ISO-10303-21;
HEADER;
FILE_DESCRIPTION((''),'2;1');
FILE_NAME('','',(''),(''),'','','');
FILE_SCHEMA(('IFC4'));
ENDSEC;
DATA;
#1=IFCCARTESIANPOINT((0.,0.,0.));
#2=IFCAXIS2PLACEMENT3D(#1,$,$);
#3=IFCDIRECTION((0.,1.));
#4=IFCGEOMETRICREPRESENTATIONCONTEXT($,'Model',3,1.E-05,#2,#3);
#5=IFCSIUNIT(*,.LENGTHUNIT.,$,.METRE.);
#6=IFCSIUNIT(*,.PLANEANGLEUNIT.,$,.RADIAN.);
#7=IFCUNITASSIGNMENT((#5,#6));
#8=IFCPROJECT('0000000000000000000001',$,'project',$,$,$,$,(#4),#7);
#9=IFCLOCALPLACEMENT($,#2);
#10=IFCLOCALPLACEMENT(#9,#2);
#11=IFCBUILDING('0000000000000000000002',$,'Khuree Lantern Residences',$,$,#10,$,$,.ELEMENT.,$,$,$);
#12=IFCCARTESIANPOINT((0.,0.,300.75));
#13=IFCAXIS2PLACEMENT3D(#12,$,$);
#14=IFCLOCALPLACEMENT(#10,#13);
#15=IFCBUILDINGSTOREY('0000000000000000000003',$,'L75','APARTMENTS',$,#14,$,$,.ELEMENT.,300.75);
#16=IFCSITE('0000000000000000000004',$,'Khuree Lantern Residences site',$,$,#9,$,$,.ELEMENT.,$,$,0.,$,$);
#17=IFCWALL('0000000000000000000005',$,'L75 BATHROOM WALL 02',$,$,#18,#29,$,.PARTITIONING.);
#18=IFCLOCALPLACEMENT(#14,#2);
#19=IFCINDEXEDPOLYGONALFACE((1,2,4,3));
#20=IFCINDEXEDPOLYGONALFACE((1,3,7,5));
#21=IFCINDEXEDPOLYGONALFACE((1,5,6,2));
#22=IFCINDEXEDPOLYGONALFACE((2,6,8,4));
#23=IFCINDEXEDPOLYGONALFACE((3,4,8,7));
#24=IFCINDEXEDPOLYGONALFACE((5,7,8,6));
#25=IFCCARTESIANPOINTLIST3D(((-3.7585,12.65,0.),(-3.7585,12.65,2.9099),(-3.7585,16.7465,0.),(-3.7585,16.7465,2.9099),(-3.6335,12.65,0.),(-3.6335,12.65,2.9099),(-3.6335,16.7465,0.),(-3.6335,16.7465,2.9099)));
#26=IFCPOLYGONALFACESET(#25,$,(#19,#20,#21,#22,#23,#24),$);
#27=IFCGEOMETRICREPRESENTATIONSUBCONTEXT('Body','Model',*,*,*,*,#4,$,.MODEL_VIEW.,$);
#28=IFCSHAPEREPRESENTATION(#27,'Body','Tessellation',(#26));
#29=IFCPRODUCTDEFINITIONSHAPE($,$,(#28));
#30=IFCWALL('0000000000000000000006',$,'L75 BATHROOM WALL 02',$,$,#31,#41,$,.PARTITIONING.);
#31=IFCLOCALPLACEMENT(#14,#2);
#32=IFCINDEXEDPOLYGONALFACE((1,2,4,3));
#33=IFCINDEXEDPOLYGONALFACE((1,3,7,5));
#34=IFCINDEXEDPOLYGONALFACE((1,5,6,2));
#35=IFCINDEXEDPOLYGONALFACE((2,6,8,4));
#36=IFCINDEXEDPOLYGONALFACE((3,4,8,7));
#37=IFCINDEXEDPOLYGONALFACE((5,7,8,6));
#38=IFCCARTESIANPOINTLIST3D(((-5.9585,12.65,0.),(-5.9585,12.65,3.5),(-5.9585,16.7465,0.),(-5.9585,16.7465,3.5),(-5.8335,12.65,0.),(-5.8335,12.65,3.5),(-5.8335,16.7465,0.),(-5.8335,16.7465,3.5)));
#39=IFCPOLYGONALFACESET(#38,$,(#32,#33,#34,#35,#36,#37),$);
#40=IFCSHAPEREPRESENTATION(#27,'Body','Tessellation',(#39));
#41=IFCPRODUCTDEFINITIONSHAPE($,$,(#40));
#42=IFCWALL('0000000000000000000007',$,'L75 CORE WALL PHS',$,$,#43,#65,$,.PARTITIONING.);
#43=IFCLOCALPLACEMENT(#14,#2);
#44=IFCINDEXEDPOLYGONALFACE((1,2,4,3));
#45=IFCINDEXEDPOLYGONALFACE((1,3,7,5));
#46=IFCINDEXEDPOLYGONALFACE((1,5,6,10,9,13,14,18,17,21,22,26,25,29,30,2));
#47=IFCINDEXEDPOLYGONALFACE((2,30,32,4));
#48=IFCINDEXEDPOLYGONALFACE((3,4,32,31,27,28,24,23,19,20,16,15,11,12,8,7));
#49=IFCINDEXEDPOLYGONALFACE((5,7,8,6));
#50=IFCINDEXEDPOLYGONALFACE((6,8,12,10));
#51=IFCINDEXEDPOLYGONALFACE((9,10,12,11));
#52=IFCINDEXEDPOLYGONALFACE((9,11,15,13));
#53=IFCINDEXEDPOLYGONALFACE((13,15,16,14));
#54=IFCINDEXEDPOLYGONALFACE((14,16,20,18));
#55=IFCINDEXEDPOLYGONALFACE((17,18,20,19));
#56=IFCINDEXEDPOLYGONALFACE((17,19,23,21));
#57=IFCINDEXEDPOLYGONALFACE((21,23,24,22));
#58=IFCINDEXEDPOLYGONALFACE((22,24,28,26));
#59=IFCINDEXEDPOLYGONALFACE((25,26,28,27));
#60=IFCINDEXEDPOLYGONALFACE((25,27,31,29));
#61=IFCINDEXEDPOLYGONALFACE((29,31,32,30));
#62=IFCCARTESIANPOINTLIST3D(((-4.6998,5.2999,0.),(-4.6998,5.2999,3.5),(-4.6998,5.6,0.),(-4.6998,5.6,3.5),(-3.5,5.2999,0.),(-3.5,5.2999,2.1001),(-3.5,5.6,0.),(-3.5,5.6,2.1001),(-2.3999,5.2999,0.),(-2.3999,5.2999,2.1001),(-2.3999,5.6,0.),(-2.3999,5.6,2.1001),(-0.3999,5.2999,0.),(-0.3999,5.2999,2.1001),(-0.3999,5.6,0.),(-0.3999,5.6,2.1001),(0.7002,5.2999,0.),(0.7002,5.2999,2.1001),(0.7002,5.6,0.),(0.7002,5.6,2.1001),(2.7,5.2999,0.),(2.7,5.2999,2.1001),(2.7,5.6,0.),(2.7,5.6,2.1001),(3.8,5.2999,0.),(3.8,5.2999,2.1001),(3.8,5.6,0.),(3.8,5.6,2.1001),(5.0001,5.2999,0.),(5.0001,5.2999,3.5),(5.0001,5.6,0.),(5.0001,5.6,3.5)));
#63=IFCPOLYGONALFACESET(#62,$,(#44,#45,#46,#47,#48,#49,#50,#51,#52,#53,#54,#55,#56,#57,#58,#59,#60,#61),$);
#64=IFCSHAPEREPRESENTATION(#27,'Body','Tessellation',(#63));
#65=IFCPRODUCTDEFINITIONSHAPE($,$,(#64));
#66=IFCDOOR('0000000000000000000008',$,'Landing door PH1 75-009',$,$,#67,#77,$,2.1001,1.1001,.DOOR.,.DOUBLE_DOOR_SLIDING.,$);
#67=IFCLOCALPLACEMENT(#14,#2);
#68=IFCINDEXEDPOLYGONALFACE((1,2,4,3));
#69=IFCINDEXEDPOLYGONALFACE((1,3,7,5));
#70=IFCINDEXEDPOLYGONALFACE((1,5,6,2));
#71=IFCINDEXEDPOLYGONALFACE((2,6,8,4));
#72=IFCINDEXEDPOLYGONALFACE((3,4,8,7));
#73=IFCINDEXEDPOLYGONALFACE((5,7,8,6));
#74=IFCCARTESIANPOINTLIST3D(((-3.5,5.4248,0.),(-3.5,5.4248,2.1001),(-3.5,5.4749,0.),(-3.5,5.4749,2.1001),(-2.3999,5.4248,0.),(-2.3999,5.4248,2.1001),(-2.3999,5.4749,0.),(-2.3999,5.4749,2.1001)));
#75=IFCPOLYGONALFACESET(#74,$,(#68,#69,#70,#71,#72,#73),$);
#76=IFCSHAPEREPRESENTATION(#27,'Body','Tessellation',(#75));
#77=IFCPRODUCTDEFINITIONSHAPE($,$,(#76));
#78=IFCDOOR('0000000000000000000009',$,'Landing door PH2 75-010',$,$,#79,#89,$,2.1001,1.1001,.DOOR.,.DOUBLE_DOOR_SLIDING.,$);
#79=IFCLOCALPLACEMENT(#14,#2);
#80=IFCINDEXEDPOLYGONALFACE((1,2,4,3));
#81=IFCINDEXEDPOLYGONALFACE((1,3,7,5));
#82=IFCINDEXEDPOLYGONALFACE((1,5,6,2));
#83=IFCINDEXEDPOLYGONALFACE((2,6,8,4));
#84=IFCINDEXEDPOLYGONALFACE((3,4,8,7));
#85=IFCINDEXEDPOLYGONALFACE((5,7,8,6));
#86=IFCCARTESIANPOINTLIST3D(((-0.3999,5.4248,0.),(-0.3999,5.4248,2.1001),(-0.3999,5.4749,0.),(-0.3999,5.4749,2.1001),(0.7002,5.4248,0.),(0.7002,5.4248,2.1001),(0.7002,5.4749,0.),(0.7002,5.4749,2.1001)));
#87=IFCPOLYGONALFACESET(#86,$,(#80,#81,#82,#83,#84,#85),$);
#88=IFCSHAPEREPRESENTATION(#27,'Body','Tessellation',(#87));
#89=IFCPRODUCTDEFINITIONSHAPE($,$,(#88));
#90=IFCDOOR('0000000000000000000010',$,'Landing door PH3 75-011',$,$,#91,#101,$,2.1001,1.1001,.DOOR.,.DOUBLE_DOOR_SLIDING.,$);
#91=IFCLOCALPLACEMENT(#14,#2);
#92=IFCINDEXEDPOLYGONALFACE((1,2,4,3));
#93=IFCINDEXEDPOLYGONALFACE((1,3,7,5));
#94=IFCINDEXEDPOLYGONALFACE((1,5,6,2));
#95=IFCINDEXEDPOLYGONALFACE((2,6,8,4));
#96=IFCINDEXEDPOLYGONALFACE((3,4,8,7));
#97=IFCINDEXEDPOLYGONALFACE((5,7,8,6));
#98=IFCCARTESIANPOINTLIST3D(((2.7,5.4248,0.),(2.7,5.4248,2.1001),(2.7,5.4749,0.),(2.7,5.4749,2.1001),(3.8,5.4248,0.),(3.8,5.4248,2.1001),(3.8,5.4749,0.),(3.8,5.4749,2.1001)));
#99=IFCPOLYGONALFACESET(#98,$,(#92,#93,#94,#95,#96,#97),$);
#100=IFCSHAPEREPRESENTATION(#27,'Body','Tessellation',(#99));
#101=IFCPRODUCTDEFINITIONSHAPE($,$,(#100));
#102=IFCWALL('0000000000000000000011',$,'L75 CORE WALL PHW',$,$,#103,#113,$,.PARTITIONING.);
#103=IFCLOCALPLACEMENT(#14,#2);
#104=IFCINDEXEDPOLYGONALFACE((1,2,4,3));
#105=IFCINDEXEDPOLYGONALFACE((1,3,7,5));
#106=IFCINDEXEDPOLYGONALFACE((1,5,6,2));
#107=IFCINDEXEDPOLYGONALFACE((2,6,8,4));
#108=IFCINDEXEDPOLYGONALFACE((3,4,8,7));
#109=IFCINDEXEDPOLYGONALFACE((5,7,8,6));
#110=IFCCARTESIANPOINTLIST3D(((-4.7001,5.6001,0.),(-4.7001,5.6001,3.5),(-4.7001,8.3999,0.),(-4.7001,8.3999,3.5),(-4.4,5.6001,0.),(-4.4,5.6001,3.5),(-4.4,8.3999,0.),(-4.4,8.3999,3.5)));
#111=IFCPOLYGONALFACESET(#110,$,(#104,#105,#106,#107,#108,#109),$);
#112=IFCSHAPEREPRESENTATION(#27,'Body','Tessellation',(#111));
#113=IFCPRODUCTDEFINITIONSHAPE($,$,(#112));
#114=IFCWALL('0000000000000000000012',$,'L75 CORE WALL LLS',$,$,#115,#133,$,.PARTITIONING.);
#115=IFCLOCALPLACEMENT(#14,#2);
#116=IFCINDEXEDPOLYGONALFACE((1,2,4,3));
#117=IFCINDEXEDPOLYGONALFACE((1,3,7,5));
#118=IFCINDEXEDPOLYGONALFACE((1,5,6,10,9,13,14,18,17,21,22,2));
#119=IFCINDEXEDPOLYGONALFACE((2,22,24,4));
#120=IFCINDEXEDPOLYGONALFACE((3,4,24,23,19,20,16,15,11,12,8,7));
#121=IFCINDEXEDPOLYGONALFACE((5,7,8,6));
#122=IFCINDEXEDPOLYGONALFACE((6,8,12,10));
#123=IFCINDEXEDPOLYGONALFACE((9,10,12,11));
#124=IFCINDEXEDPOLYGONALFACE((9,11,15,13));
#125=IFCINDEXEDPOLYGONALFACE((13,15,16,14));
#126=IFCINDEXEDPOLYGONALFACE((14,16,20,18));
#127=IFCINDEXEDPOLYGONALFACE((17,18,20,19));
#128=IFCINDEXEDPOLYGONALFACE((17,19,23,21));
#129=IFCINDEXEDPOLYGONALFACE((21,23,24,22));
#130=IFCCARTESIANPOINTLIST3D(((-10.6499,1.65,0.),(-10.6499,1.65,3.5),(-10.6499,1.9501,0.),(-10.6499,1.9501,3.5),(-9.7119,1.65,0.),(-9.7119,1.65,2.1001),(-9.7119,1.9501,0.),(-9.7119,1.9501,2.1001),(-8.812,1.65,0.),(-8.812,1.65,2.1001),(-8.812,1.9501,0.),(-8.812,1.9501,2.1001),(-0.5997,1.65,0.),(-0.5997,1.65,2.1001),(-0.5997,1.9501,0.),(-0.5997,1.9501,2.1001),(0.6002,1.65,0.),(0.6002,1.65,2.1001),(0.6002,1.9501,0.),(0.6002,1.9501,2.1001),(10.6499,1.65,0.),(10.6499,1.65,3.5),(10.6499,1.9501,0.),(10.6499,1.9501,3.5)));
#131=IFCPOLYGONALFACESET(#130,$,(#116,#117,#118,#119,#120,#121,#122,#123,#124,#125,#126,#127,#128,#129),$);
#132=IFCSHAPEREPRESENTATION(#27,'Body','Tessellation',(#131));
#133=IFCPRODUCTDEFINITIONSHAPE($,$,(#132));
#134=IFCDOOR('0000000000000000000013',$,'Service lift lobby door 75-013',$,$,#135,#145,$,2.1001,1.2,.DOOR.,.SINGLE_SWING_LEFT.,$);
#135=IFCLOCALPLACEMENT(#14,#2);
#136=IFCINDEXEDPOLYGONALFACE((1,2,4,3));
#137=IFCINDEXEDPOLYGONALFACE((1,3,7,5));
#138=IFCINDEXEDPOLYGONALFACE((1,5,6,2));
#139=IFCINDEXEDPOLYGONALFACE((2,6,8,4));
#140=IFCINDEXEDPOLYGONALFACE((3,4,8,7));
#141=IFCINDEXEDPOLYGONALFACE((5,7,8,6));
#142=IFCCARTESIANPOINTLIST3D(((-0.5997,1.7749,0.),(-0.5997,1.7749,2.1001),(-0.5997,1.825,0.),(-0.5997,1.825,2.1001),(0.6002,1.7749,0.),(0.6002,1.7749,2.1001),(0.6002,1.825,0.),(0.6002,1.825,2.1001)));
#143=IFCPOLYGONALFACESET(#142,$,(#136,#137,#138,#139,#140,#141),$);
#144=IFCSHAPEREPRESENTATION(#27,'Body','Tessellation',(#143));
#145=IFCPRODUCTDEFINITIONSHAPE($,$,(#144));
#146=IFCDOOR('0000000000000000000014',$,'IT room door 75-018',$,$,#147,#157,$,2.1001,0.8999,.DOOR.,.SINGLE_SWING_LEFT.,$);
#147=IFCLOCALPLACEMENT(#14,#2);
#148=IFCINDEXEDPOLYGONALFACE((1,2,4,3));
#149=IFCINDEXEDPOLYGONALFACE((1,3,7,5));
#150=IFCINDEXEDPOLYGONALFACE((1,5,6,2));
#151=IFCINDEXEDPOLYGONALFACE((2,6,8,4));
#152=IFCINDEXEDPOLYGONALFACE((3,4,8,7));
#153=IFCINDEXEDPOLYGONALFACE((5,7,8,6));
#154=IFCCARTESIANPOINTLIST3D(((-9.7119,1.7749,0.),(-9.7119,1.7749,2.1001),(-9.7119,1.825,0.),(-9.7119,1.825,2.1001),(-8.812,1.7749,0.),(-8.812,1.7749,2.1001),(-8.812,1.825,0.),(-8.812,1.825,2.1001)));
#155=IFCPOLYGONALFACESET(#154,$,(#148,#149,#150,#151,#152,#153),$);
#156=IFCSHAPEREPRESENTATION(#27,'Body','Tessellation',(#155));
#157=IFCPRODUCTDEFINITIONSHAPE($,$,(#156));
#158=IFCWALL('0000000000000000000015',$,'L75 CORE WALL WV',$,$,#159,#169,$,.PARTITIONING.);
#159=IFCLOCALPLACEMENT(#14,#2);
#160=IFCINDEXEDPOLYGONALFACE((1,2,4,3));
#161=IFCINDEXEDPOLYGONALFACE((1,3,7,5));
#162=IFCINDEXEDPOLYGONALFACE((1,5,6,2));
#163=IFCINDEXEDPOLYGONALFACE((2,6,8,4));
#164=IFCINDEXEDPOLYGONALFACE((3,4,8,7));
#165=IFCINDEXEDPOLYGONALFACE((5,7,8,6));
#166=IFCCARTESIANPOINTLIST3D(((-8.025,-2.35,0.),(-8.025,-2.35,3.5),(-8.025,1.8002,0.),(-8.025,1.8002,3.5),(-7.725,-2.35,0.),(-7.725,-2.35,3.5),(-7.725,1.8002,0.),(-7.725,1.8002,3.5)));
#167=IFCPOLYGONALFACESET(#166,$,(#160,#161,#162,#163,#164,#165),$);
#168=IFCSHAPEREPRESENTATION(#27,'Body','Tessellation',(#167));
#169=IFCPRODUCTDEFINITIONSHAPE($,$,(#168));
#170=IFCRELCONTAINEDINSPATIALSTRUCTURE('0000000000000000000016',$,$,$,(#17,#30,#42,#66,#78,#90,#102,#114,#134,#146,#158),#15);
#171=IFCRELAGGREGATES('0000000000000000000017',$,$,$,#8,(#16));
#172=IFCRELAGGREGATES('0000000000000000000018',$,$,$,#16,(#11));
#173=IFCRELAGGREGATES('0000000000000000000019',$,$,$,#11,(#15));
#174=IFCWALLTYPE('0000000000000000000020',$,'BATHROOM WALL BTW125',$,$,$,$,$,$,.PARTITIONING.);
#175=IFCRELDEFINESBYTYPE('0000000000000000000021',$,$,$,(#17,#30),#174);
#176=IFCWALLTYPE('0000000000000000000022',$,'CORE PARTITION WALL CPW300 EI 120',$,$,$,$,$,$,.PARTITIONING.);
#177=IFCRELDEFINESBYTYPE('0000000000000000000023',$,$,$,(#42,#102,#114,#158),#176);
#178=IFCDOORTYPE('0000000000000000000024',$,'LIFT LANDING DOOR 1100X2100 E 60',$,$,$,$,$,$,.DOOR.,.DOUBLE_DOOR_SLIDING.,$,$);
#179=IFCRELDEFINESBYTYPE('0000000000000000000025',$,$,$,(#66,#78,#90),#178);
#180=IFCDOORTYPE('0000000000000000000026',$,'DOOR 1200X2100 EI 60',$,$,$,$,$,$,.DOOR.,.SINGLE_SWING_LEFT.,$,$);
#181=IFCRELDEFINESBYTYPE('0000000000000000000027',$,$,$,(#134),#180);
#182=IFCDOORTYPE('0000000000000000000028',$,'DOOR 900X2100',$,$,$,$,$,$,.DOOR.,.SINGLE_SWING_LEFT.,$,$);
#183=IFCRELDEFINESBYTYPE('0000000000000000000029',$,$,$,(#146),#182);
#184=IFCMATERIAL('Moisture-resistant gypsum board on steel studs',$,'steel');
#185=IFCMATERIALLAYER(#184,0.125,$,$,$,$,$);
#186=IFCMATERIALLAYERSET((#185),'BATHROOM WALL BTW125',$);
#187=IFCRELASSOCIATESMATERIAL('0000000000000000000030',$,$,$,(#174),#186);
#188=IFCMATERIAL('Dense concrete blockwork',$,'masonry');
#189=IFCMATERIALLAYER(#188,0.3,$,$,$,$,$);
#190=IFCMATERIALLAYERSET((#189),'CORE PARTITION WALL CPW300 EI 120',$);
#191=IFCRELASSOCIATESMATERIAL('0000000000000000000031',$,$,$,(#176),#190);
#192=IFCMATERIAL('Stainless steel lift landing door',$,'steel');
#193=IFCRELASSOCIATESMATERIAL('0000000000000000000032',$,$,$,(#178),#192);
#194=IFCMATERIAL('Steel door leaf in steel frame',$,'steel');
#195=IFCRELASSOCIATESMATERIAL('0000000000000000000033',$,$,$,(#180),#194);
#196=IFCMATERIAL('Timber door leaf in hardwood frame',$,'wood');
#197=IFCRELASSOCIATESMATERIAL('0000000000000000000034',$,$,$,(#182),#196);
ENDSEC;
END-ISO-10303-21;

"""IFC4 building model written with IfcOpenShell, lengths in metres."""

from ifc_helpers import new_model, si_unit, direction, frame, frame_2d, origin, place, context, subcontext, project, spatial, rectangle, extrude, material, layer, layer_set, type_object, element, fill, save


model = new_model("IFC4")

# Units and contexts
model_context = context("Model", 3, precision=1e-05, world=origin(), true_north=direction((0.0, 1.0)))
body_context = subcontext(model_context, "Body", "Model", "MODEL_VIEW")
ifc_project = project(units=[si_unit("LENGTHUNIT", "METRE"), si_unit("PLANEANGLEUNIT", "RADIAN")], contexts=[model_context])

# Site, building, storey
site_placement = place(None, origin())
site = spatial("IfcSite", under=ifc_project, at=site_placement, Name="Khuree Lantern Residences site", CompositionType="ELEMENT", RefElevation=0.0)
building_placement = place(site_placement, origin())
building = spatial("IfcBuilding", under=site, at=building_placement, Name="Khuree Lantern Residences", CompositionType="ELEMENT")
storey_placement = place(building_placement, frame((0.0, 0.0, 300.75)))
storey = spatial("IfcBuildingStorey", under=building, at=storey_placement, Name="L75", Description="APARTMENTS", CompositionType="ELEMENT", Elevation=300.75)

# Walls
ifc_material_1 = material(Name="Moisture-resistant gypsum board on steel studs", Category="steel")
ifc_layer_1 = layer(ifc_material_1, 0.125)
ifc_layer_set_1 = layer_set([ifc_layer_1], Name="BATHROOM WALL BTW125")
wall_type_1 = type_object("IfcWallType", Name="BATHROOM WALL BTW125", PredefinedType="PARTITIONING", material=ifc_layer_set_1)
wall_1_placement = place(storey_placement, frame((-3.696, 12.6499, 0.0), z_axis=(0.0, 0.0, 1.0), x_axis=(0.0, 1.0, 0.0)))
element("IfcWall", 1, at=wall_1_placement, inside=storey, type_object=wall_type_1, Name="L75 BATHROOM WALL 02", PredefinedType="PARTITIONING", context=body_context, shape_type="SweptSolid", body=[
    extrude(rectangle(XDim=4.0964, YDim=0.125, at=frame_2d((2.0483, 0.0))), origin(), (0.0, 0.0, 1.0), 2.9099),
])
wall_2_placement = place(storey_placement, frame((-5.896, 12.6499, 0.0), z_axis=(0.0, 0.0, 1.0), x_axis=(0.0, 1.0, 0.0)))
element("IfcWall", 2, at=wall_2_placement, inside=storey, type_object=wall_type_1, Name="L75 BATHROOM WALL 02", PredefinedType="PARTITIONING", context=body_context, shape_type="SweptSolid", body=[
    extrude(rectangle(XDim=4.0964, YDim=0.125, at=frame_2d((2.0483, 0.0))), origin(), (0.0, 0.0, 1.0), 3.5),
])

# Wall, openings, doors
ifc_material_2 = material(Name="Dense concrete blockwork", Category="masonry")
ifc_layer_2 = layer(ifc_material_2, 0.3)
ifc_layer_set_2 = layer_set([ifc_layer_2], Name="CORE PARTITION WALL CPW300 EI 120")
wall_type_2 = type_object("IfcWallType", Name="CORE PARTITION WALL CPW300 EI 120", PredefinedType="PARTITIONING", material=ifc_layer_set_2)
wall_3_placement = place(storey_placement, frame((-4.7, 5.45, 0.0), z_axis=(0.0, 0.0, 1.0), x_axis=(1.0, 0.0, 0.0)))
wall_3 = element("IfcWall", 3, at=wall_3_placement, inside=storey, type_object=wall_type_2, Name="L75 CORE WALL PHS", PredefinedType="PARTITIONING", context=body_context, shape_type="SweptSolid", body=[
    extrude(rectangle(XDim=9.7, YDim=0.3, at=frame_2d((4.8501, 0.0))), origin(), (0.0, 0.0, 1.0), 3.5),
])
opening_1_placement = place(wall_3_placement, frame((1.2, 0.0, 0.0)))
opening_1 = element("IfcOpeningElement", 4, at=opening_1_placement, cuts=wall_3, PredefinedType="OPENING", context=body_context, shape_type="SweptSolid", body=[
    extrude(rectangle(XDim=1.1001, YDim=2.1001, at=frame_2d((0.55, 1.05))), frame((0.0, 0.1602, 0.0), z_axis=(0.0, -1.0, 0.0), x_axis=(1.0, 0.0, 0.0)), (0.0, 0.0, 1.0), 0.3201),
])
opening_2_placement = place(wall_3_placement, frame((4.3, 0.0, 0.0)))
opening_2 = element("IfcOpeningElement", 5, at=opening_2_placement, cuts=wall_3, PredefinedType="OPENING", context=body_context, shape_type="SweptSolid", body=[
    extrude(rectangle(XDim=1.1001, YDim=2.1001, at=frame_2d((0.55, 1.05))), frame((0.0, 0.1602, 0.0), z_axis=(0.0, -1.0, 0.0), x_axis=(1.0, 0.0, 0.0)), (0.0, 0.0, 1.0), 0.3201),
])
opening_3_placement = place(wall_3_placement, frame((7.3999, 0.0, 0.0)))
opening_3 = element("IfcOpeningElement", 6, at=opening_3_placement, cuts=wall_3, PredefinedType="OPENING", context=body_context, shape_type="SweptSolid", body=[
    extrude(rectangle(XDim=1.1001, YDim=2.1001, at=frame_2d((0.55, 1.05))), frame((0.0, 0.1602, 0.0), z_axis=(0.0, -1.0, 0.0), x_axis=(1.0, 0.0, 0.0)), (0.0, 0.0, 1.0), 0.3201),
])
ifc_material_3 = material(Name="Stainless steel lift landing door", Category="steel")
door_type_1 = type_object("IfcDoorType", Name="LIFT LANDING DOOR 1100X2100 E 60", OperationType="DOUBLE_DOOR_SLIDING", PredefinedType="DOOR", material=ifc_material_3)
door_1_placement = place(opening_1_placement, origin())
door_1 = element("IfcDoor", 7, at=door_1_placement, inside=storey, type_object=door_type_1, Name="Landing door PH1 75-009", OperationType="DOUBLE_DOOR_SLIDING", OverallHeight=2.1001, OverallWidth=1.1001, PredefinedType="DOOR", context=body_context, shape_type="SweptSolid", body=[
    extrude(rectangle(XDim=1.1001, YDim=2.1001, at=frame_2d((0.55, 1.05))), frame((0.0, 0.0249, 0.0), z_axis=(0.0, -1.0, 0.0), x_axis=(1.0, 0.0, 0.0)), (0.0, 0.0, 1.0), 0.05),
])
fill(opening_1, door_1)
door_2_placement = place(opening_2_placement, origin())
door_2 = element("IfcDoor", 8, at=door_2_placement, inside=storey, type_object=door_type_1, Name="Landing door PH2 75-010", OperationType="DOUBLE_DOOR_SLIDING", OverallHeight=2.1001, OverallWidth=1.1001, PredefinedType="DOOR", context=body_context, shape_type="SweptSolid", body=[
    extrude(rectangle(XDim=1.1001, YDim=2.1001, at=frame_2d((0.55, 1.05))), frame((0.0, 0.0249, 0.0), z_axis=(0.0, -1.0, 0.0), x_axis=(1.0, 0.0, 0.0)), (0.0, 0.0, 1.0), 0.05),
])
fill(opening_2, door_2)
door_3_placement = place(opening_3_placement, origin())
door_3 = element("IfcDoor", 9, at=door_3_placement, inside=storey, type_object=door_type_1, Name="Landing door PH3 75-011", OperationType="DOUBLE_DOOR_SLIDING", OverallHeight=2.1001, OverallWidth=1.1001, PredefinedType="DOOR", context=body_context, shape_type="SweptSolid", body=[
    extrude(rectangle(XDim=1.1001, YDim=2.1001, at=frame_2d((0.55, 1.05))), frame((0.0, 0.0249, 0.0), z_axis=(0.0, -1.0, 0.0), x_axis=(1.0, 0.0, 0.0)), (0.0, 0.0, 1.0), 0.05),
])
fill(opening_3, door_3)

# Wall
wall_4_placement = place(storey_placement, frame((-4.55, 5.6001, 0.0), z_axis=(0.0, 0.0, 1.0), x_axis=(0.0, 1.0, 0.0)))
element("IfcWall", 10, at=wall_4_placement, inside=storey, type_object=wall_type_2, Name="L75 CORE WALL PHW", PredefinedType="PARTITIONING", context=body_context, shape_type="SweptSolid", body=[
    extrude(rectangle(XDim=2.7998, YDim=0.3, at=frame_2d((1.3999, 0.0))), origin(), (0.0, 0.0, 1.0), 3.5),
])

# Wall, openings, doors
wall_5_placement = place(storey_placement, frame((-10.6499, 1.8, 0.0), z_axis=(0.0, 0.0, 1.0), x_axis=(1.0, 0.0, 0.0)))
wall_5 = element("IfcWall", 11, at=wall_5_placement, inside=storey, type_object=wall_type_2, Name="L75 CORE WALL LLS", PredefinedType="PARTITIONING", context=body_context, shape_type="SweptSolid", body=[
    extrude(rectangle(XDim=21.2998, YDim=0.3, at=frame_2d((10.6499, 0.0))), origin(), (0.0, 0.0, 1.0), 3.5),
])
opening_4_placement = place(wall_5_placement, frame((10.05, 0.0, 0.0)))
opening_4 = element("IfcOpeningElement", 12, at=opening_4_placement, cuts=wall_5, PredefinedType="OPENING", context=body_context, shape_type="SweptSolid", body=[
    extrude(rectangle(XDim=1.2, YDim=2.1001, at=frame_2d((0.6001, 1.05))), frame((0.0, 0.1602, 0.0), z_axis=(0.0, -1.0, 0.0), x_axis=(1.0, 0.0, 0.0)), (0.0, 0.0, 1.0), 0.3201),
])
opening_5_placement = place(wall_5_placement, frame((0.938, 0.0, 0.0)))
opening_5 = element("IfcOpeningElement", 13, at=opening_5_placement, cuts=wall_5, PredefinedType="OPENING", context=body_context, shape_type="SweptSolid", body=[
    extrude(rectangle(XDim=0.8999, YDim=2.1001, at=frame_2d((0.45, 1.05))), frame((0.0, 0.1602, 0.0), z_axis=(0.0, -1.0, 0.0), x_axis=(1.0, 0.0, 0.0)), (0.0, 0.0, 1.0), 0.3201),
])
ifc_material_4 = material(Name="Steel door leaf in steel frame", Category="steel")
door_type_2 = type_object("IfcDoorType", Name="DOOR 1200X2100 EI 60", OperationType="SINGLE_SWING_LEFT", PredefinedType="DOOR", material=ifc_material_4)
door_4_placement = place(opening_4_placement, origin())
door_4 = element("IfcDoor", 14, at=door_4_placement, inside=storey, type_object=door_type_2, Name="Service lift lobby door 75-013", OperationType="SINGLE_SWING_LEFT", OverallHeight=2.1001, OverallWidth=1.2, PredefinedType="DOOR", context=body_context, shape_type="SweptSolid", body=[
    extrude(rectangle(XDim=1.2, YDim=2.1001, at=frame_2d((0.6001, 1.05))), frame((0.0, 0.0249, 0.0), z_axis=(0.0, -1.0, 0.0), x_axis=(1.0, 0.0, 0.0)), (0.0, 0.0, 1.0), 0.05),
])
fill(opening_4, door_4)
ifc_material_5 = material(Name="Timber door leaf in hardwood frame", Category="wood")
door_type_3 = type_object("IfcDoorType", Name="DOOR 900X2100", OperationType="SINGLE_SWING_LEFT", PredefinedType="DOOR", material=ifc_material_5)
door_5_placement = place(opening_5_placement, origin())
door_5 = element("IfcDoor", 15, at=door_5_placement, inside=storey, type_object=door_type_3, Name="IT room door 75-018", OperationType="SINGLE_SWING_LEFT", OverallHeight=2.1001, OverallWidth=0.8999, PredefinedType="DOOR", context=body_context, shape_type="SweptSolid", body=[
    extrude(rectangle(XDim=0.8999, YDim=2.1001, at=frame_2d((0.45, 1.05))), frame((0.0, 0.0249, 0.0), z_axis=(0.0, -1.0, 0.0), x_axis=(1.0, 0.0, 0.0)), (0.0, 0.0, 1.0), 0.05),
])
fill(opening_5, door_5)

# Wall
wall_6_placement = place(storey_placement, frame((-7.875, -2.3501, 0.0), z_axis=(0.0, 0.0, 1.0), x_axis=(0.0, 1.0, 0.0)))
element("IfcWall", 16, at=wall_6_placement, inside=storey, type_object=wall_type_2, Name="L75 CORE WALL WV", PredefinedType="PARTITIONING", context=body_context, shape_type="SweptSolid", body=[
    extrude(rectangle(XDim=4.1501, YDim=0.3, at=frame_2d((2.0752, 0.0))), origin(), (0.0, 0.0, 1.0), 3.5),
])

save(model, "model.ifc")
